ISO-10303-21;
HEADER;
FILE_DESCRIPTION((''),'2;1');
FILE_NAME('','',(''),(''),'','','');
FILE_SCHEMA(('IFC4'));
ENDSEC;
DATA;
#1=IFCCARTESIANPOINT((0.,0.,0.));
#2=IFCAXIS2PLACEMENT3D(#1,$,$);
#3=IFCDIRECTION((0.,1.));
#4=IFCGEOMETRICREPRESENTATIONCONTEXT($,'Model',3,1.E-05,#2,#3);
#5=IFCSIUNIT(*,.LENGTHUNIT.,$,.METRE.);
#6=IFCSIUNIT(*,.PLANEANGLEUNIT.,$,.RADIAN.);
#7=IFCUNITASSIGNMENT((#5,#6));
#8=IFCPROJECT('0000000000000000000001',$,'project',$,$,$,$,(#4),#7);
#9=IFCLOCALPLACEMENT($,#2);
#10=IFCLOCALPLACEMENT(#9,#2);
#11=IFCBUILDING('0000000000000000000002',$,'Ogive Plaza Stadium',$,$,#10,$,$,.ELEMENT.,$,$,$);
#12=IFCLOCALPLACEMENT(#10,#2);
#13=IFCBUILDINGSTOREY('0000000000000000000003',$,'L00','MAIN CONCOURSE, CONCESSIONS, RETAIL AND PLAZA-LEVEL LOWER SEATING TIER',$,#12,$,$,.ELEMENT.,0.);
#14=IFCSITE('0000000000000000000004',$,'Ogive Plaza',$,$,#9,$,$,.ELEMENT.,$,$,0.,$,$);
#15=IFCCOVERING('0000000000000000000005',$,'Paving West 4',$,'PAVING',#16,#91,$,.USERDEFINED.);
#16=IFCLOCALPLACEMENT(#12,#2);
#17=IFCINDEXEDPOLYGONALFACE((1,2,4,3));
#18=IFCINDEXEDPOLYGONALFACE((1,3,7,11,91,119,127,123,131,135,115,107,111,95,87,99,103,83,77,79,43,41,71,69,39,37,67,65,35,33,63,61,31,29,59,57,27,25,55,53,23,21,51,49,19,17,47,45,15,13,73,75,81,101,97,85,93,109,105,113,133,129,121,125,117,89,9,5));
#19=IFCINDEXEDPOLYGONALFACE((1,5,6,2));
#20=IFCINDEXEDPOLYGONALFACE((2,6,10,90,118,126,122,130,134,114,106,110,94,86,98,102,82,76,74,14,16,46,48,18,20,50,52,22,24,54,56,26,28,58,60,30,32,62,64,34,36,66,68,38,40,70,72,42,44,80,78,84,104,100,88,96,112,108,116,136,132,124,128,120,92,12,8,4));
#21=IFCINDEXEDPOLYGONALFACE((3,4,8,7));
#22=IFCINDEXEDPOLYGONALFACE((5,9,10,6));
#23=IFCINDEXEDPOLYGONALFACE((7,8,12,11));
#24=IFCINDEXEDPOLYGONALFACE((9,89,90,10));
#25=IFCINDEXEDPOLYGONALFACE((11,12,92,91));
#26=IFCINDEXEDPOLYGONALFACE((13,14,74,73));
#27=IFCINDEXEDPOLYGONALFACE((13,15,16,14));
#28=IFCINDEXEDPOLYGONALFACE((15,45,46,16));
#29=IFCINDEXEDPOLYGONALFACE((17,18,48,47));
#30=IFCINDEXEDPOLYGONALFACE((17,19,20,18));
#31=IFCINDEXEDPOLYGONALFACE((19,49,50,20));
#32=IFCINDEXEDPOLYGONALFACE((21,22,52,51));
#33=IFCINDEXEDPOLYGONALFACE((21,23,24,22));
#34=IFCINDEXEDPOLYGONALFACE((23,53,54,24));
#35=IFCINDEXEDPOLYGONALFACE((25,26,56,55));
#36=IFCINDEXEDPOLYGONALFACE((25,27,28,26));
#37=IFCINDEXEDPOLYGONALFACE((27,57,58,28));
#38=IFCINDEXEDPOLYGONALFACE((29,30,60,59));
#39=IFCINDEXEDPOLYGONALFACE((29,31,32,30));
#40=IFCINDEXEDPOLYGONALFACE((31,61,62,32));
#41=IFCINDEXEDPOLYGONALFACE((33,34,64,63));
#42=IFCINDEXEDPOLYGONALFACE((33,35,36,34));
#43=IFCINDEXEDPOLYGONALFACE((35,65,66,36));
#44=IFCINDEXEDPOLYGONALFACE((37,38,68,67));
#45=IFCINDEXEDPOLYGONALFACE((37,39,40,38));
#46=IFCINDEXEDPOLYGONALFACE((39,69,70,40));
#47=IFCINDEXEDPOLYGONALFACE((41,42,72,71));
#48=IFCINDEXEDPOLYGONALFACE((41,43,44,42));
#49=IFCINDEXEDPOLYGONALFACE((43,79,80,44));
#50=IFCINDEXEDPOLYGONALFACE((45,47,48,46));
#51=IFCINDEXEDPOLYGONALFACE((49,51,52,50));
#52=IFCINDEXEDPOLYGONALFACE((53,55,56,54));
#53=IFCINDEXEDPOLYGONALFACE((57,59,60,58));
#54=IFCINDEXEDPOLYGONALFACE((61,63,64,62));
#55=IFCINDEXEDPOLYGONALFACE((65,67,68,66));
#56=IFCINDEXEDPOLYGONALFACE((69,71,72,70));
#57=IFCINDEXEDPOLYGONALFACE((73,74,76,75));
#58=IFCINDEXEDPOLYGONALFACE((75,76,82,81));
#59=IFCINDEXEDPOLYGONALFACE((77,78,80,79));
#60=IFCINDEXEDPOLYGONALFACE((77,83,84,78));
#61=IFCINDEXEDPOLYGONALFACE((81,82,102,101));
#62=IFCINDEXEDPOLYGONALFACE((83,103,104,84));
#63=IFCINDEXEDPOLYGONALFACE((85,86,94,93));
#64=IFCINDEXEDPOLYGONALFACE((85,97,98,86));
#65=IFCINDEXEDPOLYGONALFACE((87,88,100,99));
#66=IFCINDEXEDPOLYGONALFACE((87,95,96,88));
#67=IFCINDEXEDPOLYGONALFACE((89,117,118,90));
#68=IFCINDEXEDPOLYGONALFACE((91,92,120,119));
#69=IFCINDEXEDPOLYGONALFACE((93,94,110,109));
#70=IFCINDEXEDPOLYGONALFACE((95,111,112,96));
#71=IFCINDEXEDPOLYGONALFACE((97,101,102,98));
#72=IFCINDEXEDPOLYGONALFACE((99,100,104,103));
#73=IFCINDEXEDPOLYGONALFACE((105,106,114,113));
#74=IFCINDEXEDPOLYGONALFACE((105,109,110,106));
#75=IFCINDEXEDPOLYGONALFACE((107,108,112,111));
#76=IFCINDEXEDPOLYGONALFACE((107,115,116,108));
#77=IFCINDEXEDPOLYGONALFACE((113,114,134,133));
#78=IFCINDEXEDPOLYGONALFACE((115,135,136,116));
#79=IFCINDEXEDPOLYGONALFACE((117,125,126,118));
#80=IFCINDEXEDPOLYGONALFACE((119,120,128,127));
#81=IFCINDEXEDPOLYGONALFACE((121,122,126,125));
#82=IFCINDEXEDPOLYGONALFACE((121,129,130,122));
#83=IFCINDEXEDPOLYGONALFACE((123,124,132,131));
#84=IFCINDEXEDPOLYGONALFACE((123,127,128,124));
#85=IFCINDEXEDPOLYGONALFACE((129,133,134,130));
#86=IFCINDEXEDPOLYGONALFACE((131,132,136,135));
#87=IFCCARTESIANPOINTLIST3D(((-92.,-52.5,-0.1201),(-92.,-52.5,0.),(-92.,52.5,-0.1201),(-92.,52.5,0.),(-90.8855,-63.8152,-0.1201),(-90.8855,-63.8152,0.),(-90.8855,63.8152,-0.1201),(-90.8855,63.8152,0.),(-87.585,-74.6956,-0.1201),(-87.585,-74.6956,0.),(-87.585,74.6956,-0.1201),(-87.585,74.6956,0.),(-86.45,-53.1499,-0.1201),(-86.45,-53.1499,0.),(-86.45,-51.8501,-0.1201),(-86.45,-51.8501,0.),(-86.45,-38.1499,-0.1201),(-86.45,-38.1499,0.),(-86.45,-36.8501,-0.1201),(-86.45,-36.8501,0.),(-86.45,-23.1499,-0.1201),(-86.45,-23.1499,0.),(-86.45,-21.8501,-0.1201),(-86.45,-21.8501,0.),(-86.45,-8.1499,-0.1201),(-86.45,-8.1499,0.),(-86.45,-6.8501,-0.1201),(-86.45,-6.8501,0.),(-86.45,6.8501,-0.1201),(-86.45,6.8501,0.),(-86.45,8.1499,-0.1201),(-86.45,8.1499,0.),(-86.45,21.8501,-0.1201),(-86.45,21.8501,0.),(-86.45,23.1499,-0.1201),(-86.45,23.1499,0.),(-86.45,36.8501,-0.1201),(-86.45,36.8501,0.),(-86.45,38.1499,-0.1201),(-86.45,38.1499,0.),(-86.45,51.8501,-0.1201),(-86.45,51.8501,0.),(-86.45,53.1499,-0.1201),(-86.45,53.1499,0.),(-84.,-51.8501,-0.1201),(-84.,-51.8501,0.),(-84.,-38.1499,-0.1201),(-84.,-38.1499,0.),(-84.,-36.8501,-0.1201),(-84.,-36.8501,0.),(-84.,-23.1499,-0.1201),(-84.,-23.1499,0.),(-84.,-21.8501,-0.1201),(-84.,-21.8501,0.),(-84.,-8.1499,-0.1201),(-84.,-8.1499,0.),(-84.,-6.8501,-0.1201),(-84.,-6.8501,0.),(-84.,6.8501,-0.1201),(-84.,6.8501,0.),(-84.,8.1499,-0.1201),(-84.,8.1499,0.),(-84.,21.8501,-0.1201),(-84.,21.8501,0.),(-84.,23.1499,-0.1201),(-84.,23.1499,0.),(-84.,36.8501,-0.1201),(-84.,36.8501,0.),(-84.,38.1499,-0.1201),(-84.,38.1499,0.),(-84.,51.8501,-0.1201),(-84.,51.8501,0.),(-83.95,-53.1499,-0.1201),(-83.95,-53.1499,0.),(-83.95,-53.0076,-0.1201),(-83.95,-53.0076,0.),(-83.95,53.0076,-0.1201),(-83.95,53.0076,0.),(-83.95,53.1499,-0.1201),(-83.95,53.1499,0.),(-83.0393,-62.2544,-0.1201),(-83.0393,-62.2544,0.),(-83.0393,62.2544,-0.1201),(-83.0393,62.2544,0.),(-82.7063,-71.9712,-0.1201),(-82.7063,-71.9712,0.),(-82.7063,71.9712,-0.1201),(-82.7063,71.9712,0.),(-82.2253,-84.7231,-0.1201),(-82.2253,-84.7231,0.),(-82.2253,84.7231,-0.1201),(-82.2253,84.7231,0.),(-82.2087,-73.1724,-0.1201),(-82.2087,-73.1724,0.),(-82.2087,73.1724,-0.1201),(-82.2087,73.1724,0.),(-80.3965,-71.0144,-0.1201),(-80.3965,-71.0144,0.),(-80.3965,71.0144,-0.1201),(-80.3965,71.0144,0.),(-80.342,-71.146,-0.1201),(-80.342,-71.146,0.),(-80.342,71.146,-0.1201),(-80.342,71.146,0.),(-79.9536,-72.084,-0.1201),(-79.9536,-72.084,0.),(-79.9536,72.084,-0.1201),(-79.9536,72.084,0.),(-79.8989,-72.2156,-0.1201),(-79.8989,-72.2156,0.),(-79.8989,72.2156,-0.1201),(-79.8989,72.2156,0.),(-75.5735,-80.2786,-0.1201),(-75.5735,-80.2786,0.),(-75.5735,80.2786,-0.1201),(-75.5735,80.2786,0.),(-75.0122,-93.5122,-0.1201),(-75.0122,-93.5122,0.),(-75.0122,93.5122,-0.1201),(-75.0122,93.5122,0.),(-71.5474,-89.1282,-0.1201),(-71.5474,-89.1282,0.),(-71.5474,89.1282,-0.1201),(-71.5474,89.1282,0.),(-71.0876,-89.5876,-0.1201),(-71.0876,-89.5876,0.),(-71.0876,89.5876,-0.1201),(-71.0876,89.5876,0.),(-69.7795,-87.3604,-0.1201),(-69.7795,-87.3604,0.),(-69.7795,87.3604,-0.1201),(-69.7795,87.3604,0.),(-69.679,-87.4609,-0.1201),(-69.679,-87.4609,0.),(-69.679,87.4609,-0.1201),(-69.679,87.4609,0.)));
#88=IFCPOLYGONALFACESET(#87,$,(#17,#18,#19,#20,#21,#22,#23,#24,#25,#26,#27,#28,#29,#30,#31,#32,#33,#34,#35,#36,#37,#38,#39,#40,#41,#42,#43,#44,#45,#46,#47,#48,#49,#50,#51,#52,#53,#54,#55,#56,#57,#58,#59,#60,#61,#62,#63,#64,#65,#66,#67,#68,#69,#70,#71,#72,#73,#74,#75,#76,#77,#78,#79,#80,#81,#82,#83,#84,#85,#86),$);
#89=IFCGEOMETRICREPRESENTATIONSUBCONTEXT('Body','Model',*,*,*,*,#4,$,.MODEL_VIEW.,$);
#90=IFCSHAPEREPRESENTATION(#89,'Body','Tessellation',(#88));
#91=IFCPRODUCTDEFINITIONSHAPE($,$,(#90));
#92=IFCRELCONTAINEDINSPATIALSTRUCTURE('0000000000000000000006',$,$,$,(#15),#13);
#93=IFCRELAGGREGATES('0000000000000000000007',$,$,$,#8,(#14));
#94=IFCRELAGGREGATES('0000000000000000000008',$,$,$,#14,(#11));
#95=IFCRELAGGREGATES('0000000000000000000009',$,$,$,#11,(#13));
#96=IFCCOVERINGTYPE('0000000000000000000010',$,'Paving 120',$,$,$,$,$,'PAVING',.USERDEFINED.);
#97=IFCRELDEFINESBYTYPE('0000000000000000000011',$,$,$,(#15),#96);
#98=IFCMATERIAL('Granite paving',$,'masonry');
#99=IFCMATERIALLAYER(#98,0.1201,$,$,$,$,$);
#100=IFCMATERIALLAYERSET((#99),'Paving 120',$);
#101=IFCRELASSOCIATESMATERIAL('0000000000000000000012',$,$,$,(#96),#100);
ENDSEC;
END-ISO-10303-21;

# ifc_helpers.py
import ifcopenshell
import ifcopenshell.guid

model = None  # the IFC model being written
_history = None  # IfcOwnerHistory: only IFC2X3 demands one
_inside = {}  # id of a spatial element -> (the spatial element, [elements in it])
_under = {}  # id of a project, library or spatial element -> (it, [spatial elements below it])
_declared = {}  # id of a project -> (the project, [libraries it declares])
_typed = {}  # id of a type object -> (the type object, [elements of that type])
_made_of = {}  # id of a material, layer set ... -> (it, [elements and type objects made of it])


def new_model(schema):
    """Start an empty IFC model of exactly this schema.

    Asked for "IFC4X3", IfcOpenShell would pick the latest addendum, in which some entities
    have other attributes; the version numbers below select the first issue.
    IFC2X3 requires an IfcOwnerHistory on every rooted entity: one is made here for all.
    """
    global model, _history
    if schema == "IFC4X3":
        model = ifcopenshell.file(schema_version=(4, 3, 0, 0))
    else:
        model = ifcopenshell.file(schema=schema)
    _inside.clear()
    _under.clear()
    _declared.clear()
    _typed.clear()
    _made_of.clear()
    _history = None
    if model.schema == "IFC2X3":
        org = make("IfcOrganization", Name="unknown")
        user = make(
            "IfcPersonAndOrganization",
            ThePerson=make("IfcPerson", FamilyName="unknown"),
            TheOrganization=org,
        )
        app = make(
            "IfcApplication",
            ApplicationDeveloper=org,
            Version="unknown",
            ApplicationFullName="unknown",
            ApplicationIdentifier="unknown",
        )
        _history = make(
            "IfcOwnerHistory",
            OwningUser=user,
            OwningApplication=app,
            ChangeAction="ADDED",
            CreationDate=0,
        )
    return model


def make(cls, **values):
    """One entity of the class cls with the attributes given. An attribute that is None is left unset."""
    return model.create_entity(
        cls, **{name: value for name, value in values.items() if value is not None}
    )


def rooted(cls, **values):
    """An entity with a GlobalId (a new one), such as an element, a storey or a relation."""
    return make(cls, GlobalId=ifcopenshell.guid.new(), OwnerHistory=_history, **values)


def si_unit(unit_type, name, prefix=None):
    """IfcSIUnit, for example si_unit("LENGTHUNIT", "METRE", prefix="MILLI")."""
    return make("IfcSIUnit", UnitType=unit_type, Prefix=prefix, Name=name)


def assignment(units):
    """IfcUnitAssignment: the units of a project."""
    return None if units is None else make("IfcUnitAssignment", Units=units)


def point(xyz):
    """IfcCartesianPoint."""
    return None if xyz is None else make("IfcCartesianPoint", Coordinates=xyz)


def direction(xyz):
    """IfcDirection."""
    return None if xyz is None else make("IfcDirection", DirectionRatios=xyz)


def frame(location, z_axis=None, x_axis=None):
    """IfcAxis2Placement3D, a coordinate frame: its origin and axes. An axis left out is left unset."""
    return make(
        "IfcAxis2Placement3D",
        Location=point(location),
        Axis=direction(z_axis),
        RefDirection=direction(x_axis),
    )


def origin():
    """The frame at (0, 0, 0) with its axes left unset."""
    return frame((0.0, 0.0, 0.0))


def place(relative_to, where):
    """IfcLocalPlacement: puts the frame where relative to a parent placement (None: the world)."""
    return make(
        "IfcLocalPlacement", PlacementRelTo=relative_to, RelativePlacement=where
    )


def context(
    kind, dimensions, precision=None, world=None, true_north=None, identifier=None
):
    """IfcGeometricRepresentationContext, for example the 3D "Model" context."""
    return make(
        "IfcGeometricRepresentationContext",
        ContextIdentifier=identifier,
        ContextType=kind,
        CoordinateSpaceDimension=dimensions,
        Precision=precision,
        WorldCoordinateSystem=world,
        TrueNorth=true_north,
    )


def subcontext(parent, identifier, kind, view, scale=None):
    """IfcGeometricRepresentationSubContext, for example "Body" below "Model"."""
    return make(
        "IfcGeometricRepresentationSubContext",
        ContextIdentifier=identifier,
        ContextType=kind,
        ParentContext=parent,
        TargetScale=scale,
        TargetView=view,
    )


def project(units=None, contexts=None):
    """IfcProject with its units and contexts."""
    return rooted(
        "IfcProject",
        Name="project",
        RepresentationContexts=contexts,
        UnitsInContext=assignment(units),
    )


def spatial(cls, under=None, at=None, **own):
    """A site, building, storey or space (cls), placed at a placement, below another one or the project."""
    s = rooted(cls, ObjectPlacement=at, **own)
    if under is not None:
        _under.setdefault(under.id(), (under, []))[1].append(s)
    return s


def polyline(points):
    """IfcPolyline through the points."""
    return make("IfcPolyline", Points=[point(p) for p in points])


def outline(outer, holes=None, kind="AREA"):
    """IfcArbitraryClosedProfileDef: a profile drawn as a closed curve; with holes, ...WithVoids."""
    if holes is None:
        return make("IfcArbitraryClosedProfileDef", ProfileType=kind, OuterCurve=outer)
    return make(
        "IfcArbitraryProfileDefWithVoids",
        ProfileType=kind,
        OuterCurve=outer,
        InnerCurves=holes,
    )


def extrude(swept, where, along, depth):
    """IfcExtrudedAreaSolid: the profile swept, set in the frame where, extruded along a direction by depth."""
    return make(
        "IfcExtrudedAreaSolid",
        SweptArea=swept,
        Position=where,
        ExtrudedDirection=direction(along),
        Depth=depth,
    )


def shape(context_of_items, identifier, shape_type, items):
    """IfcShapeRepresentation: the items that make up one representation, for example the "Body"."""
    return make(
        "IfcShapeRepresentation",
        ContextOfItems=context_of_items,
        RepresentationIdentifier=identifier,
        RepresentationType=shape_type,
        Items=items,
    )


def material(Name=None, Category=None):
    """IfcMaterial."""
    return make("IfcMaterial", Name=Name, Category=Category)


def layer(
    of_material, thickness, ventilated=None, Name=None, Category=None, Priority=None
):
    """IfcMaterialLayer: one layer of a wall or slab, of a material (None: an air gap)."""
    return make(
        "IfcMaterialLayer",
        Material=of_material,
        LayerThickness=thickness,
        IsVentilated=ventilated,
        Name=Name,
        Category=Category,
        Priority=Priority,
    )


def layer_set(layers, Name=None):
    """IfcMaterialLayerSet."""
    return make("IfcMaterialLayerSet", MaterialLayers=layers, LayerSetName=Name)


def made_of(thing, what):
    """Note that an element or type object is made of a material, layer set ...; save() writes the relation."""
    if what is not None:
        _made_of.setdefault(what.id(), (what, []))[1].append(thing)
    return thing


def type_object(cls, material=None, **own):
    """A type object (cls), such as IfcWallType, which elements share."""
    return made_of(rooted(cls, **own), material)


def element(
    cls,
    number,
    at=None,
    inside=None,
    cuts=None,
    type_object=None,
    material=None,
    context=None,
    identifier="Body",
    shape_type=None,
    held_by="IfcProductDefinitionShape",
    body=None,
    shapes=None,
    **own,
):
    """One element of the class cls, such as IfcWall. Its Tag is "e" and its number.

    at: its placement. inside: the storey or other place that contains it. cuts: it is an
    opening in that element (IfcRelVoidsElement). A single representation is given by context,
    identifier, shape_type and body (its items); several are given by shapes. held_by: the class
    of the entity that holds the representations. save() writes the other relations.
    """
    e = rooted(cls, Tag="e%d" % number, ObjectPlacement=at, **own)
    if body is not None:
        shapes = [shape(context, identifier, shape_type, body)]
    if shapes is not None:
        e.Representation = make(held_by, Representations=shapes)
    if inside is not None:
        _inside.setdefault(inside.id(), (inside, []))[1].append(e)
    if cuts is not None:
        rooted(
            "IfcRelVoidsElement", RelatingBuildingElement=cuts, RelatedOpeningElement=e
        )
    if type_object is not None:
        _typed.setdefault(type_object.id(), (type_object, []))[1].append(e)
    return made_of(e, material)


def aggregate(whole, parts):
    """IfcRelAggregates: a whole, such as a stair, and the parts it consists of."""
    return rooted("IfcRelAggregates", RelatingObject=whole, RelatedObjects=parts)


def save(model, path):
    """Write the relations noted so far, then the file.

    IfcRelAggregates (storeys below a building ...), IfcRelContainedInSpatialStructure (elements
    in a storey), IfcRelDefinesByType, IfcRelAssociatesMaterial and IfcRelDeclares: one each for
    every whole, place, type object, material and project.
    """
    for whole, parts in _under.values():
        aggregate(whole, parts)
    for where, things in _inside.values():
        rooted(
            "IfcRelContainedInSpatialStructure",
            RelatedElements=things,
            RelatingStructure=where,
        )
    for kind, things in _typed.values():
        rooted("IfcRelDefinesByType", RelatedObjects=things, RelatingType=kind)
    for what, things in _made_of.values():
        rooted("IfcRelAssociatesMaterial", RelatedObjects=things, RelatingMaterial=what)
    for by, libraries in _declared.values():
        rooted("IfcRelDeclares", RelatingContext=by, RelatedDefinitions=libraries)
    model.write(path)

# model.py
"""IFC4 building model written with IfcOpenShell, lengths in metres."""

from ifc_helpers import new_model, si_unit, direction, frame, origin, place, context, subcontext, project, spatial, polyline, outline, extrude, material, layer, layer_set, type_object, element, save


model = new_model("IFC4")

# Units and contexts
model_context = context("Model", 3, precision=1e-05, world=origin(), true_north=direction((0.0, 1.0)))
body_context = subcontext(model_context, "Body", "Model", "MODEL_VIEW")
ifc_project = project(units=[si_unit("LENGTHUNIT", "METRE"), si_unit("PLANEANGLEUNIT", "RADIAN")], contexts=[model_context])

# Site, building, storey
site_placement = place(None, origin())
site = spatial("IfcSite", under=ifc_project, at=site_placement, Name="Ogive Plaza", CompositionType="ELEMENT", RefElevation=0.0)
building_placement = place(site_placement, origin())
building = spatial("IfcBuilding", under=site, at=building_placement, Name="Ogive Plaza Stadium", CompositionType="ELEMENT")
storey_placement = place(building_placement, origin())
storey = spatial("IfcBuildingStorey", under=building, at=storey_placement, Name="L00", Description="MAIN CONCOURSE, CONCESSIONS, RETAIL AND PLAZA-LEVEL LOWER SEATING TIER", CompositionType="ELEMENT", Elevation=0.0)

# Covering
ifc_material_1 = material(Name="Granite paving", Category="masonry")
ifc_layer_1 = layer(ifc_material_1, 0.1201)
ifc_layer_set_1 = layer_set([ifc_layer_1], Name="Paving 120")
covering_type = type_object("IfcCoveringType", Name="Paving 120", ElementType="PAVING", PredefinedType="USERDEFINED", material=ifc_layer_set_1)
covering_1_placement = place(storey_placement, frame((0.0, 0.0, -0.1201)))
element("IfcCovering", 1, at=covering_1_placement, inside=storey, type_object=covering_type, Name="Paving West 4", ObjectType="PAVING", PredefinedType="USERDEFINED", context=body_context, shape_type="SweptSolid", body=[
    extrude(outline(polyline([(-82.2253, -84.7231), (-87.585, -74.6956), (-90.8855, -63.8152), (-92.0, -52.5), (-92.0, 52.5), (-90.8855, 63.8152), (-87.585, 74.6956), (-82.2253, 84.7231), (-75.0122, 93.5122), (-71.0876, 89.5876), (-71.5474, 89.1282), (-69.7795, 87.3604), (-69.679, 87.4609), (-75.5735, 80.2786), (-79.9536, 72.084), (-79.8989, 72.2156), (-82.2087, 73.1724), (-82.7063, 71.9712), (-80.3965, 71.0144), (-80.342, 71.146), (-83.0393, 62.2544), (-83.95, 53.0076), (-83.95, 53.1499), (-86.45, 53.1499), (-86.45, 51.8501), (-84.0, 51.8501), (-84.0, 38.1499), (-86.45, 38.1499), (-86.45, 36.8501), (-84.0, 36.8501), (-84.0, 23.1499), (-86.45, 23.1499), (-86.45, 21.8501), (-84.0, 21.8501), (-84.0, 8.1499), (-86.45, 8.1499), (-86.45, 6.8501), (-84.0, 6.8501), (-84.0, -6.8501), (-86.45, -6.8501), (-86.45, -8.1499), (-84.0, -8.1499), (-84.0, -21.8501), (-86.45, -21.8501), (-86.45, -23.1499), (-84.0, -23.1499), (-84.0, -36.8501), (-86.45, -36.8501), (-86.45, -38.1499), (-84.0, -38.1499), (-84.0, -51.8501), (-86.45, -51.8501), (-86.45, -53.1499), (-83.95, -53.1499), (-83.95, -53.0076), (-83.0393, -62.2544), (-80.342, -71.146), (-80.3965, -71.0144), (-82.7063, -71.9712), (-82.2087, -73.1724), (-79.8989, -72.2156), (-79.9536, -72.084), (-75.5735, -80.2786), (-69.679, -87.4609), (-69.7795, -87.3604), (-71.5474, -89.1282), (-71.0876, -89.5876), (-75.0122, -93.5122), (-82.2253, -84.7231)])), origin(), (0.0, 0.0, 1.0), 0.1201),
])

save(model, "model.ifc")
